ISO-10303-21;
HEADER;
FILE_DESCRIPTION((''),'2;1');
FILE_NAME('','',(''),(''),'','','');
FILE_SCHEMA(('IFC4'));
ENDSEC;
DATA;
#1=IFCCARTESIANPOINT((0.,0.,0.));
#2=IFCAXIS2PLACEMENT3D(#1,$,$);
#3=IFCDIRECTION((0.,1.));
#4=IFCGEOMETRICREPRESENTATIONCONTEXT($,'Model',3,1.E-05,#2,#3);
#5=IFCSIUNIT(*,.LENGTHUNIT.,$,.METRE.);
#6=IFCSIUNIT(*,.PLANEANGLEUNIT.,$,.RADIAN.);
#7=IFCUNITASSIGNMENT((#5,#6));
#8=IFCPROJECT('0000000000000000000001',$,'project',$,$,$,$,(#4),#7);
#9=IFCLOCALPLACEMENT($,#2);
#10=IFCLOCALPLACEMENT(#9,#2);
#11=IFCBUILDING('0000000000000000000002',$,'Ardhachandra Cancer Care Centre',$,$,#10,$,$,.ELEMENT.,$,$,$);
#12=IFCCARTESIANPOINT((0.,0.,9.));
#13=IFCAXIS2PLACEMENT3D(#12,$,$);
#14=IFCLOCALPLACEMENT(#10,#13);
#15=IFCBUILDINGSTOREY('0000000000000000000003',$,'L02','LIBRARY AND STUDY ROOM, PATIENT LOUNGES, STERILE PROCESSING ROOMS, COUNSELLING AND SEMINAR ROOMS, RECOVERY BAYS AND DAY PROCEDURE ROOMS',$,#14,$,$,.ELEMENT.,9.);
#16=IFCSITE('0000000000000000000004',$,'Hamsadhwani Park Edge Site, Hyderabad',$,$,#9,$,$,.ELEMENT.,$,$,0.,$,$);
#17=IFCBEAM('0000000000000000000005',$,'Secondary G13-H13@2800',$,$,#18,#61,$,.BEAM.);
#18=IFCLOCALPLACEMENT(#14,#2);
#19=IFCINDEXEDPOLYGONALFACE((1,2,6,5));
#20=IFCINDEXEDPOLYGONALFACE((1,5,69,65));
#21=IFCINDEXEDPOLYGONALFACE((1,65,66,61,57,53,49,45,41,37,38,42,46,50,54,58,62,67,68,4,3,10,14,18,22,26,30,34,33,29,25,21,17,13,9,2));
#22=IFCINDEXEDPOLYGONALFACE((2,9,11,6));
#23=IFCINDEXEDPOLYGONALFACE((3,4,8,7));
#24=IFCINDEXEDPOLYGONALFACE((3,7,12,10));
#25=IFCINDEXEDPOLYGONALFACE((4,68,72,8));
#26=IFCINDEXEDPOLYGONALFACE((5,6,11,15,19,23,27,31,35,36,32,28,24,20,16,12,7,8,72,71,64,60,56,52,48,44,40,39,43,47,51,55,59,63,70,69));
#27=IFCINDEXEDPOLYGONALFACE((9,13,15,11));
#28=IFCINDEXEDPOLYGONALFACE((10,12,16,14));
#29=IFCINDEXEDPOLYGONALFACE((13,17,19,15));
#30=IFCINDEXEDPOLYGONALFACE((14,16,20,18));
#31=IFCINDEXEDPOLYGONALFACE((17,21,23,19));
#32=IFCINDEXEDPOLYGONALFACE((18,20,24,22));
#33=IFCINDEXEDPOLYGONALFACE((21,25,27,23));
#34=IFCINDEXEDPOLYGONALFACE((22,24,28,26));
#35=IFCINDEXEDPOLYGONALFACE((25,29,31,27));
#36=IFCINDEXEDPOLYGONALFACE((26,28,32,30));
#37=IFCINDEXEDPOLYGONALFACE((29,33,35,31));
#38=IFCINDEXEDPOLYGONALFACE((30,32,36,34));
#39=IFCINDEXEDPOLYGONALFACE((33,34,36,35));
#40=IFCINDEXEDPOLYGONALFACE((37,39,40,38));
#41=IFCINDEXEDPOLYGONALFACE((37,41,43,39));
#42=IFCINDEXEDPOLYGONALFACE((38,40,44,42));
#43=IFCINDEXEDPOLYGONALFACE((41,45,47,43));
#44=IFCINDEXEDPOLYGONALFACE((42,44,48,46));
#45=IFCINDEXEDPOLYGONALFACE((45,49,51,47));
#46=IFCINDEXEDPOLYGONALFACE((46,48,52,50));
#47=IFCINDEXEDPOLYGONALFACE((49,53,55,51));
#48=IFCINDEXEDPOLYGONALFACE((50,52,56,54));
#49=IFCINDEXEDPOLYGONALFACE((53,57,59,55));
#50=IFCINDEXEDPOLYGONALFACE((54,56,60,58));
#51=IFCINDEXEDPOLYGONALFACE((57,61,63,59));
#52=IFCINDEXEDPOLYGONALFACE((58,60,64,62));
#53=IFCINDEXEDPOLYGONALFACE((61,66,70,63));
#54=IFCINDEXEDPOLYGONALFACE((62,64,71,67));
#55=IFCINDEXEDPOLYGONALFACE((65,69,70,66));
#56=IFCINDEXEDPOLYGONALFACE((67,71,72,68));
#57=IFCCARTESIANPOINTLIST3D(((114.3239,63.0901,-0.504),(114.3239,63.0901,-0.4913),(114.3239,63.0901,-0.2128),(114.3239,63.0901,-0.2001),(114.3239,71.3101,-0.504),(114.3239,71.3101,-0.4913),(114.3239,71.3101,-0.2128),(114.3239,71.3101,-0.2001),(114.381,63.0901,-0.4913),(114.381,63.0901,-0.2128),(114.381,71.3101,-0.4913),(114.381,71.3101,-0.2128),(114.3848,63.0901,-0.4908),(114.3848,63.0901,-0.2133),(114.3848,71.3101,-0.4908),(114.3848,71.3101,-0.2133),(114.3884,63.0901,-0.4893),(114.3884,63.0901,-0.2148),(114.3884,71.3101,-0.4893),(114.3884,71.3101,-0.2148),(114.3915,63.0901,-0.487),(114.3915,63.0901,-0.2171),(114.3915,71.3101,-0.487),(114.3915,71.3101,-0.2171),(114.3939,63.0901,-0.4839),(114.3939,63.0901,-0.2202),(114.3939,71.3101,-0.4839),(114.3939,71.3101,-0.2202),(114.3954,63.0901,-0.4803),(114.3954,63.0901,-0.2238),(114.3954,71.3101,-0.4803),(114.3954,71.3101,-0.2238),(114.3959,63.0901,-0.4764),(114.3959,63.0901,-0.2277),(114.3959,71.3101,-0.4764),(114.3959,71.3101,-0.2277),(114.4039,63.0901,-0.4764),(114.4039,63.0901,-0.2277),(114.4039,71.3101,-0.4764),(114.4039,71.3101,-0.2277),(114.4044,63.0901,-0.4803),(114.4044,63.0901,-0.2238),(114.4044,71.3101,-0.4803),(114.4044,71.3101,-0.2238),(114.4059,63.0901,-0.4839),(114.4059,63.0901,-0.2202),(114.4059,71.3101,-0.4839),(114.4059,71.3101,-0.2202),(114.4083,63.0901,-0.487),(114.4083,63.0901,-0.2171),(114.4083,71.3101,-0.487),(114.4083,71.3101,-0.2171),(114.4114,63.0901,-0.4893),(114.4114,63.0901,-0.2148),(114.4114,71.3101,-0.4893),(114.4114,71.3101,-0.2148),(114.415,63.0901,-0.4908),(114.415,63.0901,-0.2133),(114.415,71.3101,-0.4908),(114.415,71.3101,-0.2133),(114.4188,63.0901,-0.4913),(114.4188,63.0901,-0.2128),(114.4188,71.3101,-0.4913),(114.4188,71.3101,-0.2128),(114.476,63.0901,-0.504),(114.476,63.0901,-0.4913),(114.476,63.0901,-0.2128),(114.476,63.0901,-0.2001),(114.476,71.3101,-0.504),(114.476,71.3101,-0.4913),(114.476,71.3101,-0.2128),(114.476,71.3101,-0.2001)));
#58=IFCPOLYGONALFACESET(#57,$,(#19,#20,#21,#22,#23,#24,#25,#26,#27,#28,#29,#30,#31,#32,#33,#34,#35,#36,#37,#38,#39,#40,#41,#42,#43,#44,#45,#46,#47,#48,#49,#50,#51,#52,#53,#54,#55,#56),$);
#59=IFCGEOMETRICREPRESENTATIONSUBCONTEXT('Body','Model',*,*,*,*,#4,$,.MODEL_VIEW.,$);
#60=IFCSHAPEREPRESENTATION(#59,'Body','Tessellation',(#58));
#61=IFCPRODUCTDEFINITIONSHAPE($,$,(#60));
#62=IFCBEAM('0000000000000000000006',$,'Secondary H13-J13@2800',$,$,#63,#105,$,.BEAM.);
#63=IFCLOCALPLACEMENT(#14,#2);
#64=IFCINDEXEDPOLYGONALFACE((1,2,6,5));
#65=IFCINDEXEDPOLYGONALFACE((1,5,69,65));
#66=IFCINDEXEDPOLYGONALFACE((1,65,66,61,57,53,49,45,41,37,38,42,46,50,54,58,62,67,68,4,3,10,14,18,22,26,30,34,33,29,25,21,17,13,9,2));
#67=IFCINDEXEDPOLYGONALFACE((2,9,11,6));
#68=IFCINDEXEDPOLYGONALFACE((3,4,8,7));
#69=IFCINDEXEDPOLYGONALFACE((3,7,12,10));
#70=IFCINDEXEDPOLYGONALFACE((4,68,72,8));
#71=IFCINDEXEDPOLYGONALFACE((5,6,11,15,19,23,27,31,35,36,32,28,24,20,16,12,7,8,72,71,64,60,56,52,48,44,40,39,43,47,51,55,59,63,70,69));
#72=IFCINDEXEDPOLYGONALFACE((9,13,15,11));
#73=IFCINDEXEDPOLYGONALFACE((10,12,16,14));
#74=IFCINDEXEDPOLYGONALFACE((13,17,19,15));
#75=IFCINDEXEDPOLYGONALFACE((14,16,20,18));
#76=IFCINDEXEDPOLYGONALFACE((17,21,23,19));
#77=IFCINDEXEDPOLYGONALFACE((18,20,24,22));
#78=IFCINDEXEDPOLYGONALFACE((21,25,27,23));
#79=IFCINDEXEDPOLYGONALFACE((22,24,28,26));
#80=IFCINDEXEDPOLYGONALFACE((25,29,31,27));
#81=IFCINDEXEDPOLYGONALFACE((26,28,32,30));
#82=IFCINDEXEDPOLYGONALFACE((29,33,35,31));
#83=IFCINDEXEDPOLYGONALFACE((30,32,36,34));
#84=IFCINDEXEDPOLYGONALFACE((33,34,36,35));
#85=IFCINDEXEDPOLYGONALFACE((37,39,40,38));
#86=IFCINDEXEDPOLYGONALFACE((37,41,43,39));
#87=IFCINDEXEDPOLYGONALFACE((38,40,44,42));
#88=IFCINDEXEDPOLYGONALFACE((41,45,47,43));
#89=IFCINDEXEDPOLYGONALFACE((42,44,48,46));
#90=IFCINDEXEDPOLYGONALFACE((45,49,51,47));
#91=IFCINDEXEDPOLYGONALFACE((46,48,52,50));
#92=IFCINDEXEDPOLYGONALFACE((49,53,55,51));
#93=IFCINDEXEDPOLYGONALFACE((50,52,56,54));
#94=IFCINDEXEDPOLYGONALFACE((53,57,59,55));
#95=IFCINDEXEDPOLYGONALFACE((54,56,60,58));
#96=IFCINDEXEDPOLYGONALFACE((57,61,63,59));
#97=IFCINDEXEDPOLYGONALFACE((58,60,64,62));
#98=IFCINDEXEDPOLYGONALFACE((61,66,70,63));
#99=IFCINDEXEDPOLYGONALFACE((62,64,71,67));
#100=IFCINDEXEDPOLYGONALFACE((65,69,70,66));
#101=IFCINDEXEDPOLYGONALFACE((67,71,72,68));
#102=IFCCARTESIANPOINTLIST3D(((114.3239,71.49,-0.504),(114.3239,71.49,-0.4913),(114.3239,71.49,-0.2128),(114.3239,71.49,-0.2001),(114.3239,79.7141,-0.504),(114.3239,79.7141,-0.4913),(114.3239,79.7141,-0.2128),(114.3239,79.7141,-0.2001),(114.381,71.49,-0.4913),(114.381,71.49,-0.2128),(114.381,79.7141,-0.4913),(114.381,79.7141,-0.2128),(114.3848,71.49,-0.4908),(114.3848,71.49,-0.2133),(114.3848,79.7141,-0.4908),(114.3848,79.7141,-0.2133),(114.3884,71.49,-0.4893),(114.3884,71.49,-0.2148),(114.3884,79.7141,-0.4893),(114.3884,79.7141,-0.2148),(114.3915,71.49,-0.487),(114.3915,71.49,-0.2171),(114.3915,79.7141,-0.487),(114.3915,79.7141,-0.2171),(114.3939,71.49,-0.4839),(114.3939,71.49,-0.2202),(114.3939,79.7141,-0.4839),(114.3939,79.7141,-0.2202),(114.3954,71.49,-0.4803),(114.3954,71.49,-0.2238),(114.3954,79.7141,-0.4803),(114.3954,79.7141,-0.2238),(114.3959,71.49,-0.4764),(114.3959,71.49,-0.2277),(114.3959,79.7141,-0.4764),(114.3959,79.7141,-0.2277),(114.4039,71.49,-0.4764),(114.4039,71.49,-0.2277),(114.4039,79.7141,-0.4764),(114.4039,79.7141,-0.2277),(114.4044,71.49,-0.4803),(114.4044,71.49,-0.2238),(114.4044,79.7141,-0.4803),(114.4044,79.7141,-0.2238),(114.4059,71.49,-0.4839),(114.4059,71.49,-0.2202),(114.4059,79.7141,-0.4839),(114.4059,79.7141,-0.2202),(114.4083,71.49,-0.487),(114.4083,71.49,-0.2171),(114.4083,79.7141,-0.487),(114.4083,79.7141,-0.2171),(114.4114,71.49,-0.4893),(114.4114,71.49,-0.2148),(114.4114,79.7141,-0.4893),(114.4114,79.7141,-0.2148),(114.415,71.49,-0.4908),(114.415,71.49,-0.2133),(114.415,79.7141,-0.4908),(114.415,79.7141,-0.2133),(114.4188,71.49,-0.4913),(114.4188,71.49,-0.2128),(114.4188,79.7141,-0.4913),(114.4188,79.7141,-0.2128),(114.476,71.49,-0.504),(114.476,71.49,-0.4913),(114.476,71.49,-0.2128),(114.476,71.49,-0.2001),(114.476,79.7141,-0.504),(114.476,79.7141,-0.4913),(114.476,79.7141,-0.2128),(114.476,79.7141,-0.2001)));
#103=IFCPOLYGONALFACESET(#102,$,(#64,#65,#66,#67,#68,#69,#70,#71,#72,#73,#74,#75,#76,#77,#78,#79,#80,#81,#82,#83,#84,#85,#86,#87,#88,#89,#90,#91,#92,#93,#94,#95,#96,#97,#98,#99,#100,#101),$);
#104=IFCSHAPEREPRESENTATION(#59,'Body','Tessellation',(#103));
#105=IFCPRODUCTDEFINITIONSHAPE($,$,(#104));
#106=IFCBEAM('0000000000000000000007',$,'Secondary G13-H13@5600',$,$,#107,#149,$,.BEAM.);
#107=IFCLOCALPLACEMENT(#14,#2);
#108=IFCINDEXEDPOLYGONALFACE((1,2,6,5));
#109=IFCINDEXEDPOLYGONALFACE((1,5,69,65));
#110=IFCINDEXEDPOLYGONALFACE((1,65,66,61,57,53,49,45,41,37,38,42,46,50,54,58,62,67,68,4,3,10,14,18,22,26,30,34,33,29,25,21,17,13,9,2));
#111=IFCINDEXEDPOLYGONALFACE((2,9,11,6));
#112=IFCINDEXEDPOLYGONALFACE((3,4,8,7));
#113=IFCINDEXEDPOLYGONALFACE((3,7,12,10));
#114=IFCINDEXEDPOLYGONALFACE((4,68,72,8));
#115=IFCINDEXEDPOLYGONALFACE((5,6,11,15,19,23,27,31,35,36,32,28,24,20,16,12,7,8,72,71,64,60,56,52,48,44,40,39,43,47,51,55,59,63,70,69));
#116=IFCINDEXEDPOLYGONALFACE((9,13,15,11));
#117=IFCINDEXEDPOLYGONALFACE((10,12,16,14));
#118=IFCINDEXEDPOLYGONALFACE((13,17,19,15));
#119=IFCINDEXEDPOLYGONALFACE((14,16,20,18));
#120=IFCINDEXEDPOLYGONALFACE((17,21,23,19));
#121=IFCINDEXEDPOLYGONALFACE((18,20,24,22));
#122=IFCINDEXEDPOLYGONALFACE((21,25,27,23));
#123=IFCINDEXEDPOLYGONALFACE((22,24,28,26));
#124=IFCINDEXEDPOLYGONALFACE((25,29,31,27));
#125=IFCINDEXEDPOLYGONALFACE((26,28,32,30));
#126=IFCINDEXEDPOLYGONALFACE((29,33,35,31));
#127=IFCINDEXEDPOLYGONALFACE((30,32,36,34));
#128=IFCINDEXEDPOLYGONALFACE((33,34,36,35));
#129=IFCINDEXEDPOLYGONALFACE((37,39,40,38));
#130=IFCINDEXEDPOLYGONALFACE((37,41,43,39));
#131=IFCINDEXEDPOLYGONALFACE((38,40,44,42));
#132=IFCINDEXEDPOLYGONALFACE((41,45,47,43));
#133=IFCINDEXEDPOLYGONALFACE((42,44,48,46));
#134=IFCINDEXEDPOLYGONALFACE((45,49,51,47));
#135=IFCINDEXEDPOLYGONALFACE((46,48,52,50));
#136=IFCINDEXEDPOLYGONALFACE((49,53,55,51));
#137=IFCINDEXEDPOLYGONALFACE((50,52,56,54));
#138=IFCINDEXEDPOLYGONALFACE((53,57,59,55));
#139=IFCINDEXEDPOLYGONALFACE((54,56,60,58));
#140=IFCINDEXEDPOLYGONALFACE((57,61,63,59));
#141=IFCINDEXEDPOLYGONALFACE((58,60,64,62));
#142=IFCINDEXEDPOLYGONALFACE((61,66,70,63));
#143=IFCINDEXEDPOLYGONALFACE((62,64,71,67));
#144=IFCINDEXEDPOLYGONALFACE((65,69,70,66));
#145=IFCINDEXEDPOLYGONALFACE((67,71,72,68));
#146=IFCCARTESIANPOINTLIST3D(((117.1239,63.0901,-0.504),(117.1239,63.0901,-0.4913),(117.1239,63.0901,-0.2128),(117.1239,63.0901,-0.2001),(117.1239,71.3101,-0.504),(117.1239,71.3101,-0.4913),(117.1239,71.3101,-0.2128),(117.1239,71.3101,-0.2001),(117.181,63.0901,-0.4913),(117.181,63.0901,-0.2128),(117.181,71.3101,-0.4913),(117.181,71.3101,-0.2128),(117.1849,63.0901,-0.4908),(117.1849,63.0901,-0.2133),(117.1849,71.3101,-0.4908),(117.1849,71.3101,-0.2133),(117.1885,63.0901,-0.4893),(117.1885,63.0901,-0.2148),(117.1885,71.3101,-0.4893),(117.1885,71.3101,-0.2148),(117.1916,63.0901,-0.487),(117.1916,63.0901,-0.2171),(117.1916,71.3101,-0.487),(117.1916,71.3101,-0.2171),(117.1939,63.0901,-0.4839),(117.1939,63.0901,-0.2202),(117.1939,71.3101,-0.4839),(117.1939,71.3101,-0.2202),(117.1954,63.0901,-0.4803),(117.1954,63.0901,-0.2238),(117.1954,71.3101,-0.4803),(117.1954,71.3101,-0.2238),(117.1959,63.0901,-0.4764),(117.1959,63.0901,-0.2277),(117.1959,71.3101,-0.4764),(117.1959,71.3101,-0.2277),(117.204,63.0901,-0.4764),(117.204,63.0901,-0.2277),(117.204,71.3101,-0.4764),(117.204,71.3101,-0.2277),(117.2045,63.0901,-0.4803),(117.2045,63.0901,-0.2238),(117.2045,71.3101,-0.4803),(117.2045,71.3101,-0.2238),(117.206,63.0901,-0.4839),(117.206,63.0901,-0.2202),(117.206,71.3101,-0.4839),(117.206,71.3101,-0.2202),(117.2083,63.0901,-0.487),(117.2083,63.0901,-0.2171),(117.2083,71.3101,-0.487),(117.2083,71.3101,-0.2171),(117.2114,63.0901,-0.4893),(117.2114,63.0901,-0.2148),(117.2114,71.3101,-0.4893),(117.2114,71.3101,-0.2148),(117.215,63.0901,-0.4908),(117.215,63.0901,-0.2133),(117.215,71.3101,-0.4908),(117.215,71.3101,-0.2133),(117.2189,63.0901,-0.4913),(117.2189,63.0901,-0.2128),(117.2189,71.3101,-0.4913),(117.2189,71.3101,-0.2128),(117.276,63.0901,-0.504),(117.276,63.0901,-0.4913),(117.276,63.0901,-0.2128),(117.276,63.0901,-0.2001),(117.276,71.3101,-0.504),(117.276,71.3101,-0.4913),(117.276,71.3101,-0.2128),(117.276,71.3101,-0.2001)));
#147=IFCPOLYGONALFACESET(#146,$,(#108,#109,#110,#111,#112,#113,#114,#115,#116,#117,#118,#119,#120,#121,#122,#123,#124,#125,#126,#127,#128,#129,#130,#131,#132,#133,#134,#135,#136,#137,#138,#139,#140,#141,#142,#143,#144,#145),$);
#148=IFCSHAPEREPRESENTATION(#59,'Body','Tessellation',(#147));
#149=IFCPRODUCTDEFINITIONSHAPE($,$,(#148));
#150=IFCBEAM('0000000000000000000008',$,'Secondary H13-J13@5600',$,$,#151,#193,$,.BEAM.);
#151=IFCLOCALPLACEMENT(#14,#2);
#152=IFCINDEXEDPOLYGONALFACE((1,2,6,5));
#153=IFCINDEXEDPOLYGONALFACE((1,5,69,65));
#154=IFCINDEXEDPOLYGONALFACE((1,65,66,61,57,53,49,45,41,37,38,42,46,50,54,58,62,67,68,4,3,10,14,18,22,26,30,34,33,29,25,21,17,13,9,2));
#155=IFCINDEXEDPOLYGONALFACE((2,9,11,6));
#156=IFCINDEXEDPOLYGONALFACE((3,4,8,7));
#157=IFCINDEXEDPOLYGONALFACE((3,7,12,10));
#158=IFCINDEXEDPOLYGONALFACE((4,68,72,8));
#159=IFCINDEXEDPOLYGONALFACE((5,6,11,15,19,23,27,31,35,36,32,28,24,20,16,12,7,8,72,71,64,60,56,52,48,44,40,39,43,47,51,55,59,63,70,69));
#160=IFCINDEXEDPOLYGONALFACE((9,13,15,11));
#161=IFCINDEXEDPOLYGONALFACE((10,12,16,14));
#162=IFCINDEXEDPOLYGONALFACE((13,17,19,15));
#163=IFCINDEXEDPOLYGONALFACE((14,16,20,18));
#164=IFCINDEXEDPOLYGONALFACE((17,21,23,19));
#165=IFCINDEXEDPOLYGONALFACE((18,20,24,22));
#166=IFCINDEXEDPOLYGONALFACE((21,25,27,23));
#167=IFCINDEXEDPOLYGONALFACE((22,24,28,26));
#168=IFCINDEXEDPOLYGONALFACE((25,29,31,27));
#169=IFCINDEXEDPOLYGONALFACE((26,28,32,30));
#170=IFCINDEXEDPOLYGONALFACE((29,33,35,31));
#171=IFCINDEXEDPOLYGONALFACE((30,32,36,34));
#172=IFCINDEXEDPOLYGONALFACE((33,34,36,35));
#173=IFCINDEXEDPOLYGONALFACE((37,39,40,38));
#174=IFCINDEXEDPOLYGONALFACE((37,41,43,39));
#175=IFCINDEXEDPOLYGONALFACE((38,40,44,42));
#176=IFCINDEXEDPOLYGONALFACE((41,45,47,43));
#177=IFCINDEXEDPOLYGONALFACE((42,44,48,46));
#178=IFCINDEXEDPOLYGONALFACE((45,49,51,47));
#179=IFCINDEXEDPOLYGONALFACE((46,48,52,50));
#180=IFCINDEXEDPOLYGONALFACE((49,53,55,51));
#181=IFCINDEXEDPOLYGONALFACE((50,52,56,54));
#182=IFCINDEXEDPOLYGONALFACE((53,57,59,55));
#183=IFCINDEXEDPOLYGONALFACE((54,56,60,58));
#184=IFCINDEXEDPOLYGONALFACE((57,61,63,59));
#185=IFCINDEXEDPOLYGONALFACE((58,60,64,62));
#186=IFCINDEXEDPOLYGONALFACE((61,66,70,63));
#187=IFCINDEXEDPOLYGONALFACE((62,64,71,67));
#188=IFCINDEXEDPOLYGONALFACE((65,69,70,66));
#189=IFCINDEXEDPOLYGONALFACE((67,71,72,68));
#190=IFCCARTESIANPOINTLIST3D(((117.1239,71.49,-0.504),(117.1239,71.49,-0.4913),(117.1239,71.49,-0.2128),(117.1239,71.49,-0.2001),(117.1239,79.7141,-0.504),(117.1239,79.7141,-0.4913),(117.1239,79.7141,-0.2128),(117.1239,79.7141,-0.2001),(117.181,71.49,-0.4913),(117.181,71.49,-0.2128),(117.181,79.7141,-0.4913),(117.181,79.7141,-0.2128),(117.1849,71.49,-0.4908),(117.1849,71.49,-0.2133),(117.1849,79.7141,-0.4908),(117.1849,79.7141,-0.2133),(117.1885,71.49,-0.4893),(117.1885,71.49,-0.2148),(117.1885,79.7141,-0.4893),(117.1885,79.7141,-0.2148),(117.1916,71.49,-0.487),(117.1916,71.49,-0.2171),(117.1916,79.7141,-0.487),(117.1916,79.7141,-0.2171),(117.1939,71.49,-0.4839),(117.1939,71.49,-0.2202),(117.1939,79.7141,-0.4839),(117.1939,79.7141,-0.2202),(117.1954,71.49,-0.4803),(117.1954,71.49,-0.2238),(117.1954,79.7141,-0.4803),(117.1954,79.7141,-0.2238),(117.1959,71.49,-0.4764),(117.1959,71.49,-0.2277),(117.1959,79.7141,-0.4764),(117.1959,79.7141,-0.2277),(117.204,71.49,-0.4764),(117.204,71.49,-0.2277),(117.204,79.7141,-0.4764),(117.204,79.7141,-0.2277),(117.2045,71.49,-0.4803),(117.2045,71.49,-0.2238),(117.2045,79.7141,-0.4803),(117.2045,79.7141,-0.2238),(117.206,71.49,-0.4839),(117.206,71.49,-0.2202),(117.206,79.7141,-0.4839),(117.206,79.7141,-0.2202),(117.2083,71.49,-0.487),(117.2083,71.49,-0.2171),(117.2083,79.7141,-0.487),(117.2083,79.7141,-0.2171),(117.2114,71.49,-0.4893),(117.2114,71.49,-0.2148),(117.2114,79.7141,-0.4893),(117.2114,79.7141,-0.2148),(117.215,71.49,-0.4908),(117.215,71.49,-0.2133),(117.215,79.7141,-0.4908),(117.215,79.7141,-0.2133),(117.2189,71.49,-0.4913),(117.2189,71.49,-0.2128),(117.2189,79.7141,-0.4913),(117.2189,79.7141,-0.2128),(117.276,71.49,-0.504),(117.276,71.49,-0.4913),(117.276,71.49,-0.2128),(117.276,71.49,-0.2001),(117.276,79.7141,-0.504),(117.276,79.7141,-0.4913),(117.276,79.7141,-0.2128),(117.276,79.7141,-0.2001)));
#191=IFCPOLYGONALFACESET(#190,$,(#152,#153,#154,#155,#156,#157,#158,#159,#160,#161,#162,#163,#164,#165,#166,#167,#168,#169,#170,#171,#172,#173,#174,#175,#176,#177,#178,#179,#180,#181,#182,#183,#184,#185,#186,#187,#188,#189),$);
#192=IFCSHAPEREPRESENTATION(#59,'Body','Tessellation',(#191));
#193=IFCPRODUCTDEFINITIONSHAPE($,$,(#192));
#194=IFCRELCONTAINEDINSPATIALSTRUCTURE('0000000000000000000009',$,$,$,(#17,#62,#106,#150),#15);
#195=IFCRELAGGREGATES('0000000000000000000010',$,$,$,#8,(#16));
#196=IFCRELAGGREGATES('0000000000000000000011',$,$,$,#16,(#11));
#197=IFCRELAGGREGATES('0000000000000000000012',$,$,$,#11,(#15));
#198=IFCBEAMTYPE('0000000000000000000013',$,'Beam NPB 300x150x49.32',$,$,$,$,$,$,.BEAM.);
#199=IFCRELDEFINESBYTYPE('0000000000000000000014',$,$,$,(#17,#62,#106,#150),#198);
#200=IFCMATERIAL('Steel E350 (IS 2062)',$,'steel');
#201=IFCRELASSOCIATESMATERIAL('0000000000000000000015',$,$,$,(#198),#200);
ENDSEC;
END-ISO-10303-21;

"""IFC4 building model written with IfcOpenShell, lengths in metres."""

from ifc_helpers import new_model, si_unit, direction, frame, origin, origin_2d, place, context, subcontext, project, spatial, i_section, extrude, material, material_profile, profile_set, type_object, element, save


model = new_model("IFC4")

# Units and contexts
model_context = context("Model", 3, precision=1e-05, world=origin(), true_north=direction((0.0, 1.0)))
body_context = subcontext(model_context, "Body", "Model", "MODEL_VIEW")
ifc_project = project(units=[si_unit("LENGTHUNIT", "METRE"), si_unit("PLANEANGLEUNIT", "RADIAN")], contexts=[model_context])

# Site, building, storey
site_placement = place(None, origin())
site = spatial("IfcSite", under=ifc_project, at=site_placement, Name="Hamsadhwani Park Edge Site, Hyderabad", CompositionType="ELEMENT", RefElevation=0.0)
building_placement = place(site_placement, origin())
building = spatial("IfcBuilding", under=site, at=building_placement, Name="Ardhachandra Cancer Care Centre", CompositionType="ELEMENT")
storey_placement = place(building_placement, frame((0.0, 0.0, 9.0)))
storey = spatial("IfcBuildingStorey", under=building, at=storey_placement, Name="L02", Description="LIBRARY AND STUDY ROOM, PATIENT LOUNGES, STERILE PROCESSING ROOMS, COUNSELLING AND SEMINAR ROOMS, RECOVERY BAYS AND DAY PROCEDURE ROOMS", CompositionType="ELEMENT", Elevation=9.0)

# Beams
ifc_material_1 = material(Name="Steel E350 (IS 2062)", Category="steel")
ifc_material_profile_1 = material_profile(ifc_material_1, i_section(OverallWidth=0.1521, OverallDepth=0.304, WebThickness=0.0081, FlangeThickness=0.0127, FilletRadius=0.0149, at=origin_2d()), Name="NPB 300x150x49.32")
ifc_profile_set_1 = profile_set([ifc_material_profile_1], Name="Steel E350 (IS 2062)")
beam_type_1 = type_object("IfcBeamType", Name="Beam NPB 300x150x49.32", PredefinedType="BEAM", material=ifc_profile_set_1)
beam_1_placement = place(storey_placement, frame((114.3999, 63.0901, -0.3521), z_axis=(0.0, 1.0, 0.0), x_axis=(-1.0, 0.0, 0.0)))
element("IfcBeam", 1, at=beam_1_placement, inside=storey, type_object=beam_type_1, Name="Secondary G13-H13@2800", PredefinedType="BEAM", context=body_context, shape_type="SweptSolid", body=[
    extrude(i_section(OverallWidth=0.1521, OverallDepth=0.304, WebThickness=0.0081, FlangeThickness=0.0127, FilletRadius=0.0149, at=origin_2d()), origin(), (0.0, 0.0, 1.0), 8.22),
])
beam_2_placement = place(storey_placement, frame((114.3999, 71.49, -0.3521), z_axis=(0.0, 1.0, 0.0), x_axis=(-1.0, 0.0, 0.0)))
element("IfcBeam", 2, at=beam_2_placement, inside=storey, type_object=beam_type_1, Name="Secondary H13-J13@2800", PredefinedType="BEAM", context=body_context, shape_type="SweptSolid", body=[
    extrude(i_section(OverallWidth=0.1521, OverallDepth=0.304, WebThickness=0.0081, FlangeThickness=0.0127, FilletRadius=0.0149, at=origin_2d()), origin(), (0.0, 0.0, 1.0), 8.2241),
])
beam_3_placement = place(storey_placement, frame((117.2, 63.0901, -0.3521), z_axis=(0.0, 1.0, 0.0), x_axis=(-1.0, 0.0, 0.0)))
element("IfcBeam", 3, at=beam_3_placement, inside=storey, type_object=beam_type_1, Name="Secondary G13-H13@5600", PredefinedType="BEAM", context=body_context, shape_type="SweptSolid", body=[
    extrude(i_section(OverallWidth=0.1521, OverallDepth=0.304, WebThickness=0.0081, FlangeThickness=0.0127, FilletRadius=0.0149, at=origin_2d()), origin(), (0.0, 0.0, 1.0), 8.22),
])
beam_4_placement = place(storey_placement, frame((117.2, 71.49, -0.3521), z_axis=(0.0, 1.0, 0.0), x_axis=(-1.0, 0.0, 0.0)))
element("IfcBeam", 4, at=beam_4_placement, inside=storey, type_object=beam_type_1, Name="Secondary H13-J13@5600", PredefinedType="BEAM", context=body_context, shape_type="SweptSolid", body=[
    extrude(i_section(OverallWidth=0.1521, OverallDepth=0.304, WebThickness=0.0081, FlangeThickness=0.0127, FilletRadius=0.0149, at=origin_2d()), origin(), (0.0, 0.0, 1.0), 8.2241),
])

save(model, "model.ifc")
